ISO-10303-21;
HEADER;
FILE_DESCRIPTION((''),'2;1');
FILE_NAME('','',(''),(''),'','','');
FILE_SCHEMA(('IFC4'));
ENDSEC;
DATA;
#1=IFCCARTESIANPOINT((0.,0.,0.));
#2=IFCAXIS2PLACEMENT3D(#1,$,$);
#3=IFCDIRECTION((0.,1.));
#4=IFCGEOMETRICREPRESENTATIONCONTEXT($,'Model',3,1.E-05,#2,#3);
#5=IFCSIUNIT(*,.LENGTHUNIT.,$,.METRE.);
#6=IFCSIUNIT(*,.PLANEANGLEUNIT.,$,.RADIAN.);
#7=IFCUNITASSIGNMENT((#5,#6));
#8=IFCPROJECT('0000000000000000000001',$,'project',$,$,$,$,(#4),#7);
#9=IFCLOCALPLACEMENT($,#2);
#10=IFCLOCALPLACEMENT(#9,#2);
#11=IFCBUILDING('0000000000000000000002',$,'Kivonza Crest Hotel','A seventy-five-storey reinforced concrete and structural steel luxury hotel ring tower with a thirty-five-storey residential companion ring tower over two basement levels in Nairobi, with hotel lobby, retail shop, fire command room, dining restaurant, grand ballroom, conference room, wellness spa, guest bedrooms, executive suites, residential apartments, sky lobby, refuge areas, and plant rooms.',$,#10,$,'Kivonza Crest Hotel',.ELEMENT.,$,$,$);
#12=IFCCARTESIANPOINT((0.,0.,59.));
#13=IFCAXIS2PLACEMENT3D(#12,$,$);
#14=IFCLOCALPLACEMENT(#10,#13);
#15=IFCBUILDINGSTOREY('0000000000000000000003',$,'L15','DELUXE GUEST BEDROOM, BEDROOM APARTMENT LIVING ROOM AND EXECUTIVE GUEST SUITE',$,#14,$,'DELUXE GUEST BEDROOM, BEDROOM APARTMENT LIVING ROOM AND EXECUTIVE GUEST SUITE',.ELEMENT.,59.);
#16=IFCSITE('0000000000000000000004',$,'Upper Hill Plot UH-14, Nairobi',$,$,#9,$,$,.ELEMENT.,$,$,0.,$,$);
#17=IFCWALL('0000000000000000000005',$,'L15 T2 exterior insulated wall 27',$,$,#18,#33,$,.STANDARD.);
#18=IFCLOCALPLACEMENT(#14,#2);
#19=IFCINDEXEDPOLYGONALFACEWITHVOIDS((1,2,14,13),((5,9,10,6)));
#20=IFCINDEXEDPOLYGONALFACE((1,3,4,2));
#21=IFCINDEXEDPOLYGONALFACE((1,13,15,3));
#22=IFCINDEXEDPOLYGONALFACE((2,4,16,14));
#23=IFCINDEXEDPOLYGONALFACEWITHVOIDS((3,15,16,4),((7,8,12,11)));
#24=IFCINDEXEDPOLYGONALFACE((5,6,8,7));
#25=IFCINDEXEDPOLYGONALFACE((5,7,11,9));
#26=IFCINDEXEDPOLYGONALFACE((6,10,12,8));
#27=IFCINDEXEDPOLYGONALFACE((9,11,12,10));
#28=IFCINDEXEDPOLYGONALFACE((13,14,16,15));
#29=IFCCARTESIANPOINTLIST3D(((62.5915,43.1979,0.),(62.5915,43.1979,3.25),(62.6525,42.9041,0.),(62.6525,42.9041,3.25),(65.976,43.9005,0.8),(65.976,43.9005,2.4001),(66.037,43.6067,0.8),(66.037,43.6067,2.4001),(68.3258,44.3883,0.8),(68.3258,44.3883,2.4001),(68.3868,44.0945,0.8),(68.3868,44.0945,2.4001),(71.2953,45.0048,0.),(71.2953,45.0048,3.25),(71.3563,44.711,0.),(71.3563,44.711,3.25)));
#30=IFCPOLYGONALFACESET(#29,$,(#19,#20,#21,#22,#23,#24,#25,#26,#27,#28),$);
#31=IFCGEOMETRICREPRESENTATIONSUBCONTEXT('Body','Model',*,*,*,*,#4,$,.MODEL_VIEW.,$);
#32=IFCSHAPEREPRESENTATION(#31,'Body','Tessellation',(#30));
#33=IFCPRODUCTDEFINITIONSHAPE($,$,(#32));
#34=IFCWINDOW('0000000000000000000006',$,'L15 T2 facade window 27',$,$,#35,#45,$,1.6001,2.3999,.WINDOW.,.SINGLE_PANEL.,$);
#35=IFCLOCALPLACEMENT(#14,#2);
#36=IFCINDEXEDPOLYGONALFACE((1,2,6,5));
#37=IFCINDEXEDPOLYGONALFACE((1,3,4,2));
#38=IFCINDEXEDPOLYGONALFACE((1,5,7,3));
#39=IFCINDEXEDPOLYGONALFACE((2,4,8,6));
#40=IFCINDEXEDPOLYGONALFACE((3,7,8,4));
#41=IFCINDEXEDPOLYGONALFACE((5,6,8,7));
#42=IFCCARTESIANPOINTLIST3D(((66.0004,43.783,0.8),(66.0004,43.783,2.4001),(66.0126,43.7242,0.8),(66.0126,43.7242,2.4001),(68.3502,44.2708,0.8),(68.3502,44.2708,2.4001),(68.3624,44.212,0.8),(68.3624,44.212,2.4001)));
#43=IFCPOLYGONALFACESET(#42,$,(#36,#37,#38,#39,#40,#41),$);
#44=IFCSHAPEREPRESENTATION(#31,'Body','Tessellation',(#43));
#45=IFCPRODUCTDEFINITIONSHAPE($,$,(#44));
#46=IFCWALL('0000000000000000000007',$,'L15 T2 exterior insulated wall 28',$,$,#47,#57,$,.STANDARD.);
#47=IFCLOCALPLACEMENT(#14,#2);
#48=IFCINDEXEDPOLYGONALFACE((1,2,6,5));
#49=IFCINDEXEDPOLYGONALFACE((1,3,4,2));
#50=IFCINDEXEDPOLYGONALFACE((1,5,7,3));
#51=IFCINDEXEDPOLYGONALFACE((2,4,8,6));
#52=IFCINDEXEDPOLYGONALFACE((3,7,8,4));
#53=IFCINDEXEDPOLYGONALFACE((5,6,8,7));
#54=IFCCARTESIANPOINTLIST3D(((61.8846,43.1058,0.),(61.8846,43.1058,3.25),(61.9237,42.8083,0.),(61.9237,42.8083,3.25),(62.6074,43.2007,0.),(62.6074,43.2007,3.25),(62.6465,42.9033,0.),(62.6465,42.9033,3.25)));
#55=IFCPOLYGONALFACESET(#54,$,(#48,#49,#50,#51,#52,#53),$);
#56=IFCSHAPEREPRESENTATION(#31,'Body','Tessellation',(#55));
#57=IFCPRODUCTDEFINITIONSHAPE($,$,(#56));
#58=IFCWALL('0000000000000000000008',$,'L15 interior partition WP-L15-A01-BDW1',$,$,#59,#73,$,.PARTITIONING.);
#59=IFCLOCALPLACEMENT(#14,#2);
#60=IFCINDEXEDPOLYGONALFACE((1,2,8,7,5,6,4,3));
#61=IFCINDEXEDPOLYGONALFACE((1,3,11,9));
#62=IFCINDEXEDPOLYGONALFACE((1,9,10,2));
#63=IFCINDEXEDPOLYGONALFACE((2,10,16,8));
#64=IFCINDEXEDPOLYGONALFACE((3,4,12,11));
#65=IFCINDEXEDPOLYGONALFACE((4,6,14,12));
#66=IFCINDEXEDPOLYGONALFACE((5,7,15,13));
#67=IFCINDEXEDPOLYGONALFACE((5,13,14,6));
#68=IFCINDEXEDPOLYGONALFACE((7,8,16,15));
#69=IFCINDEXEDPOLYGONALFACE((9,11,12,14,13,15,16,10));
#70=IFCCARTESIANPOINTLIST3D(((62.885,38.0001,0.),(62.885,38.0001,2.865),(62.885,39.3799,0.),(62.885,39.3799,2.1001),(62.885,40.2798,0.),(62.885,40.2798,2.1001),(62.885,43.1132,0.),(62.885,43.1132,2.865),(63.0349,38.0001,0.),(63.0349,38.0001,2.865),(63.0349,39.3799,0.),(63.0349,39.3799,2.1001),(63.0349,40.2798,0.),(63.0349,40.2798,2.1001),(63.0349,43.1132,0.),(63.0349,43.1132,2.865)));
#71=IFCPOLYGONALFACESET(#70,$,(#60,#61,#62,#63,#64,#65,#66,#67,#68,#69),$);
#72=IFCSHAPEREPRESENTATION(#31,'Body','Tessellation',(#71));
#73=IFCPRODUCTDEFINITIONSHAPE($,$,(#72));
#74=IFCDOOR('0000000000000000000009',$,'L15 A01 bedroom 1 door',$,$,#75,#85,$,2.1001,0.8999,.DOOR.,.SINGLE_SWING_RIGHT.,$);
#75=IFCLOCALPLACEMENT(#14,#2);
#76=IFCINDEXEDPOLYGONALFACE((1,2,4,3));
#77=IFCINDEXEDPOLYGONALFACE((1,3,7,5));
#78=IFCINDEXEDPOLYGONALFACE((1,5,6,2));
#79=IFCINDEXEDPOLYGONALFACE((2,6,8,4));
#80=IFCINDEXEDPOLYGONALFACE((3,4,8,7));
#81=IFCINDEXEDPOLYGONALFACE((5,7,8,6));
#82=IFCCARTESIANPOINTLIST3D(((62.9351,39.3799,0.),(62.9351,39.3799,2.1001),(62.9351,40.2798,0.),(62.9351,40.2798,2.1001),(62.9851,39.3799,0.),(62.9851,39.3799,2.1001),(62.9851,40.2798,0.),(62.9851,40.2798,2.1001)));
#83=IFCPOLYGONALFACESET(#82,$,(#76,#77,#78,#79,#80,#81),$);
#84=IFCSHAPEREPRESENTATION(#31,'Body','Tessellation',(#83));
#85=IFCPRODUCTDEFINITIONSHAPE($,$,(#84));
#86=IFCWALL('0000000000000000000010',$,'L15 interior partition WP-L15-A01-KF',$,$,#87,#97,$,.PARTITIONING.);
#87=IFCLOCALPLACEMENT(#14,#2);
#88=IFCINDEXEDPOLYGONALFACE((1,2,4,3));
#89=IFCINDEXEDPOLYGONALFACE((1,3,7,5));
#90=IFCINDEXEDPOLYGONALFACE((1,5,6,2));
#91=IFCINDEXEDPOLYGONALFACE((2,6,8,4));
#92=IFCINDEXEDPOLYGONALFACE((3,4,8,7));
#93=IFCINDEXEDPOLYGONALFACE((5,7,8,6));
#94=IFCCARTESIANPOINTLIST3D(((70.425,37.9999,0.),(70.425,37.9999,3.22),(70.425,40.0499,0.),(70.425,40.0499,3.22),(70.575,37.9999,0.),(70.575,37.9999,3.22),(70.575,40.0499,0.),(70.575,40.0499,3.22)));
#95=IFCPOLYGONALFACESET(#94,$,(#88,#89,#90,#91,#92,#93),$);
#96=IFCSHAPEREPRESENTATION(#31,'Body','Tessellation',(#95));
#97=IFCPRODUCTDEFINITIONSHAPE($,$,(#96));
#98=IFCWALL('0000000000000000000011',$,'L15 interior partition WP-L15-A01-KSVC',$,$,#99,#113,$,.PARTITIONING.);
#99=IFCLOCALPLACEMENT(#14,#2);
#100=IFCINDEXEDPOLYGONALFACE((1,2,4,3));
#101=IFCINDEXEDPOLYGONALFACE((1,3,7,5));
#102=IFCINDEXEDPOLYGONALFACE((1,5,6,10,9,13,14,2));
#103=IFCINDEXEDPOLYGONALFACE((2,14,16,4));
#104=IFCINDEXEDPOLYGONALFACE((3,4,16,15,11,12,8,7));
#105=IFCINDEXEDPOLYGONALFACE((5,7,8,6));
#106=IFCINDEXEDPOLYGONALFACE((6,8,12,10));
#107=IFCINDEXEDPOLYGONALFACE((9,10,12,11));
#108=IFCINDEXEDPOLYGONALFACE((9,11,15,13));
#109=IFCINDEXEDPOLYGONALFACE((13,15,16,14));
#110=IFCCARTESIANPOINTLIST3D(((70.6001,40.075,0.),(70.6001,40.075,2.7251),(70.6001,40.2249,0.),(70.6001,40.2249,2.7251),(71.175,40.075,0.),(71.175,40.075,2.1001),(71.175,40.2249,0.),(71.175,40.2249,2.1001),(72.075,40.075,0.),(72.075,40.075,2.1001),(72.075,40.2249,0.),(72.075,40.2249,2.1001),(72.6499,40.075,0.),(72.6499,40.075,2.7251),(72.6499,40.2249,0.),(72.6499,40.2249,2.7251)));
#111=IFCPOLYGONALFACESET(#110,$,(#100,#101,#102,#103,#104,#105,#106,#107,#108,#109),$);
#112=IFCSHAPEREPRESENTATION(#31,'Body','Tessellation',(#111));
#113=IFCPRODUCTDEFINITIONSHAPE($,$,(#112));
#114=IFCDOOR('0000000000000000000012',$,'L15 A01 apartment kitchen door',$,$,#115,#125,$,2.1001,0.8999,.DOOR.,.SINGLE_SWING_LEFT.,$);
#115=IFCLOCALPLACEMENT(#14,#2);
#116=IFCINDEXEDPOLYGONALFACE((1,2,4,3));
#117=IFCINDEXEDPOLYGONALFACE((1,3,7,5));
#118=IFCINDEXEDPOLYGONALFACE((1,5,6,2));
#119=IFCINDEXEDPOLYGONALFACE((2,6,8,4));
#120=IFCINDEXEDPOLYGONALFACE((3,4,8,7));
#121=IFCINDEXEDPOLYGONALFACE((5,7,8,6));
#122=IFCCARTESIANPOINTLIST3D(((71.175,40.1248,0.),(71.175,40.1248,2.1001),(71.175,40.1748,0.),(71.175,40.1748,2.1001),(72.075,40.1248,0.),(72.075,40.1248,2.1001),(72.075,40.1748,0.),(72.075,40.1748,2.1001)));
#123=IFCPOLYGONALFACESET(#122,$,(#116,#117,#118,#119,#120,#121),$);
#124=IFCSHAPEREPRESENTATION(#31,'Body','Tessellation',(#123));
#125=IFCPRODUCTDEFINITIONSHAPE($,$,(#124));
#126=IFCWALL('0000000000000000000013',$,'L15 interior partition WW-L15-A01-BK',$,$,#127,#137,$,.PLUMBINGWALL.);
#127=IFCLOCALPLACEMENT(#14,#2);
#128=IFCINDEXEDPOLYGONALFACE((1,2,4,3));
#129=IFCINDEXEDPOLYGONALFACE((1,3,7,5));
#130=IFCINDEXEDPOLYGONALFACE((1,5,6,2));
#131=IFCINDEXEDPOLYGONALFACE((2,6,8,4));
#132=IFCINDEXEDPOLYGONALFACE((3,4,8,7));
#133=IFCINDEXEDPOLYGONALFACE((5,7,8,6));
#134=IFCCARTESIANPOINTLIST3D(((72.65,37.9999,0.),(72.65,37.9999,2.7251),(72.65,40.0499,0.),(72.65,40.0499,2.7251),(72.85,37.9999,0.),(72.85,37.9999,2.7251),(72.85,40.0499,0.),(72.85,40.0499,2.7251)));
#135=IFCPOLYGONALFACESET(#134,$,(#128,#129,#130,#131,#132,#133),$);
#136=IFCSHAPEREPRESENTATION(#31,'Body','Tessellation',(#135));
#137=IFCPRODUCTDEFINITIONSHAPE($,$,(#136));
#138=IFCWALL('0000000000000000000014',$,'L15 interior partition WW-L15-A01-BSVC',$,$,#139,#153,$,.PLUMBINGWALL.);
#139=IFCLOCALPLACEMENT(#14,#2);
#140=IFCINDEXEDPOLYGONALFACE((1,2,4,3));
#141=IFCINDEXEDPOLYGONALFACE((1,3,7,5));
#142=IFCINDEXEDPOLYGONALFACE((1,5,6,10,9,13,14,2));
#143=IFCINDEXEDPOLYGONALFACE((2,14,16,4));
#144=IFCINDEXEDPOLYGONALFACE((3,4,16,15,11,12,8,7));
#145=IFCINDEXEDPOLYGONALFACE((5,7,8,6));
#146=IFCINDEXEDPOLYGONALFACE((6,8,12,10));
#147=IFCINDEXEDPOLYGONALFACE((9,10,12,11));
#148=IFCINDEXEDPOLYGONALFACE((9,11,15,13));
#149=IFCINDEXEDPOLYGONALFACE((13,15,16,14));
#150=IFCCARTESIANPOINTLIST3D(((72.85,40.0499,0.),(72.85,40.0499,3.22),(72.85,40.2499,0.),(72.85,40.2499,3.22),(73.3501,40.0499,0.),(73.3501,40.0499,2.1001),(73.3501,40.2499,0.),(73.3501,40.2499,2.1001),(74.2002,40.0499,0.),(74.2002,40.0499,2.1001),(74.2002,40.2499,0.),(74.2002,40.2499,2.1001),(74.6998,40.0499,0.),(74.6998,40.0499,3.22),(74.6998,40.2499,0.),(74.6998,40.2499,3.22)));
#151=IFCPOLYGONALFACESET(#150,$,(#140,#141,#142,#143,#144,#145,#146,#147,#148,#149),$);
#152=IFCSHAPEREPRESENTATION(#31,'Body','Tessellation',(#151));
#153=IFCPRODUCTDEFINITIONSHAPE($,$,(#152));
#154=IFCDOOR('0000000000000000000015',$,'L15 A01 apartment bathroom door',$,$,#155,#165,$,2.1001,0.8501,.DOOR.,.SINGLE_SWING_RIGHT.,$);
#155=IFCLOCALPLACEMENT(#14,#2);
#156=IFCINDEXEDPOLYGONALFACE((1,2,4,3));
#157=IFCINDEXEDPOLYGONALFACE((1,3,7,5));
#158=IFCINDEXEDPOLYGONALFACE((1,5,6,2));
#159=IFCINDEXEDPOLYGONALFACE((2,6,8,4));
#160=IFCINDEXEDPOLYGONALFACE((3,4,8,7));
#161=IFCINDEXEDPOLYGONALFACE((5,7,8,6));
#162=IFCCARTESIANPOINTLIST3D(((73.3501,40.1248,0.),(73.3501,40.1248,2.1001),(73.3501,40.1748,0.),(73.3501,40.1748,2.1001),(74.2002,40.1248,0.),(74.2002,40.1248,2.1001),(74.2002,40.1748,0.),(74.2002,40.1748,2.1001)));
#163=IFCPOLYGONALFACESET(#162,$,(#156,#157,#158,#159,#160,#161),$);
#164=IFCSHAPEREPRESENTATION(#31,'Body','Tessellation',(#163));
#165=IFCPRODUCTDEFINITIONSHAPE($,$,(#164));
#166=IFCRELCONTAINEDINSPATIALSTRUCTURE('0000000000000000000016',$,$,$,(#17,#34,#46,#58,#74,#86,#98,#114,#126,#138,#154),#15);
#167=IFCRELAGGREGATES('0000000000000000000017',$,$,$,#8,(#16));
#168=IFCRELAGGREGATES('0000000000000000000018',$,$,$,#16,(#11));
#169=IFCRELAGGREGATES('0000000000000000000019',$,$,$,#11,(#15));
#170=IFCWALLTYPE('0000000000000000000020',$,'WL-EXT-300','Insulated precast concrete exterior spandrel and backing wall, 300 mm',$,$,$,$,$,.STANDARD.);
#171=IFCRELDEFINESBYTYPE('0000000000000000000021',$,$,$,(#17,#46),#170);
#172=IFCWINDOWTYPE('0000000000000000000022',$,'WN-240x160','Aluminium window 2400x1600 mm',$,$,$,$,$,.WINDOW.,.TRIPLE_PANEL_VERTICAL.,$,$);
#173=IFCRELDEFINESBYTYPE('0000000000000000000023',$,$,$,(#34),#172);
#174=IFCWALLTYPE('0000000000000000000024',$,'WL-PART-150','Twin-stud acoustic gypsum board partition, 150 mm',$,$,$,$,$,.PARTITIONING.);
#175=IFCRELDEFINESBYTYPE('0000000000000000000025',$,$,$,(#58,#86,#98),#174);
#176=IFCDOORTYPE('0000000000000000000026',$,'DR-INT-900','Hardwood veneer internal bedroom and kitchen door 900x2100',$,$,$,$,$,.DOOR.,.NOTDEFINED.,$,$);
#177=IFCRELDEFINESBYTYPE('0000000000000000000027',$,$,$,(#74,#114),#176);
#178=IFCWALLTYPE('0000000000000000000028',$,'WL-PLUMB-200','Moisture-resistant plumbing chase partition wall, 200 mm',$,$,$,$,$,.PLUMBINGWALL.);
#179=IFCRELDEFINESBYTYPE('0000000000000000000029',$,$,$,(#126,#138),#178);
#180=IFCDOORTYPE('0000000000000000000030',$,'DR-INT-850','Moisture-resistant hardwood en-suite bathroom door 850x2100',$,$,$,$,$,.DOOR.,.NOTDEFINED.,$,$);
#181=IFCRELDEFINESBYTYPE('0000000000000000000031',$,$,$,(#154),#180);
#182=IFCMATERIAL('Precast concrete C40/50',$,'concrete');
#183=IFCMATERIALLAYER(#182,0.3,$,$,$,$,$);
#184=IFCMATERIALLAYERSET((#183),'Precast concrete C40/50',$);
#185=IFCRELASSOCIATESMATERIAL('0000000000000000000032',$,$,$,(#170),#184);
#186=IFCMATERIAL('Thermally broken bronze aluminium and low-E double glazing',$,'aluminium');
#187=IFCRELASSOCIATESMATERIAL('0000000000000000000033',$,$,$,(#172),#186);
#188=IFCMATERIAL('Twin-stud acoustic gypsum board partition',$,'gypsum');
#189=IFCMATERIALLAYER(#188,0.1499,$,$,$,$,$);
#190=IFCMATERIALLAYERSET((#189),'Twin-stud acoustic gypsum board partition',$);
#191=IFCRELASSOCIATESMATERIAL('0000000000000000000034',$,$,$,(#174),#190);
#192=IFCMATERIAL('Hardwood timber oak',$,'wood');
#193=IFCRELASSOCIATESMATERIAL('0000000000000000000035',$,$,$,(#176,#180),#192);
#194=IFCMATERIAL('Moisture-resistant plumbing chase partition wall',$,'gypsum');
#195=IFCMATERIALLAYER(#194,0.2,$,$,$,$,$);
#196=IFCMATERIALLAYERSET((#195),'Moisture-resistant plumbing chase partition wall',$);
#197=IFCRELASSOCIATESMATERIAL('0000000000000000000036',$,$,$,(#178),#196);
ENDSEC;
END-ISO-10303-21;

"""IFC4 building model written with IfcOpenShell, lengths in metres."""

from ifc_helpers import new_model, si_unit, direction, frame, frame_2d, origin, place, context, subcontext, project, spatial, rectangle, extrude, material, layer, layer_set, type_object, element, fill, save


model = new_model("IFC4")

# Units and contexts
model_context = context("Model", 3, precision=1e-05, world=origin(), true_north=direction((0.0, 1.0)))
body_context = subcontext(model_context, "Body", "Model", "MODEL_VIEW")
ifc_project = project(units=[si_unit("LENGTHUNIT", "METRE"), si_unit("PLANEANGLEUNIT", "RADIAN")], contexts=[model_context])

# Site, building, storey
site_placement = place(None, origin())
site = spatial("IfcSite", under=ifc_project, at=site_placement, Name="Upper Hill Plot UH-14, Nairobi", CompositionType="ELEMENT", RefElevation=0.0)
building_placement = place(site_placement, origin())
building = spatial("IfcBuilding", under=site, at=building_placement, Name="Kivonza Crest Hotel", Description="A seventy-five-storey reinforced concrete and structural steel luxury hotel ring tower with a thirty-five-storey residential companion ring tower over two basement levels in Nairobi, with hotel lobby, retail shop, fire command room, dining restaurant, grand ballroom, conference room, wellness spa, guest bedrooms, executive suites, residential apartments, sky lobby, refuge areas, and plant rooms.", LongName="Kivonza Crest Hotel", CompositionType="ELEMENT")
storey_placement = place(building_placement, frame((0.0, 0.0, 59.0)))
storey = spatial("IfcBuildingStorey", under=building, at=storey_placement, Name="L15", Description="DELUXE GUEST BEDROOM, BEDROOM APARTMENT LIVING ROOM AND EXECUTIVE GUEST SUITE", LongName="DELUXE GUEST BEDROOM, BEDROOM APARTMENT LIVING ROOM AND EXECUTIVE GUEST SUITE", CompositionType="ELEMENT", Elevation=59.0)

# Shared definitions
ifc_material_1 = material(Name="Hardwood timber oak", Category="wood")

# Wall, opening, window
ifc_material_2 = material(Name="Precast concrete C40/50", Category="concrete")
ifc_layer_1 = layer(ifc_material_2, 0.3)
ifc_layer_set_1 = layer_set([ifc_layer_1], Name="Precast concrete C40/50")
wall_type_1 = type_object("IfcWallType", Name="WL-EXT-300", Description="Insulated precast concrete exterior spandrel and backing wall, 300 mm", PredefinedType="STANDARD", material=ifc_layer_set_1)
wall_1_placement = place(storey_placement, frame((71.3259, 44.8579, 0.0), z_axis=(0.0, 0.0, 1.0), x_axis=(-0.979124, -0.203262, 0.0)))
wall_1 = element("IfcWall", 1, at=wall_1_placement, inside=storey, type_object=wall_type_1, Name="L15 T2 exterior insulated wall 27", PredefinedType="STANDARD", context=body_context, shape_type="SweptSolid", body=[
    extrude(rectangle(XDim=8.8894, YDim=0.3, at=frame_2d((4.4448, 0.0))), origin(), (0.0, 0.0, 1.0), 3.25),
])
opening_1_placement = place(wall_1_placement, frame((3.033, 0.0, 0.8)))
opening_1 = element("IfcOpeningElement", 2, at=opening_1_placement, cuts=wall_1, PredefinedType="OPENING", context=body_context, shape_type="SweptSolid", body=[
    extrude(rectangle(XDim=2.3999, YDim=1.6001, at=frame_2d((1.2, 0.8))), frame((0.0, 0.1602, 0.0), z_axis=(0.0, -1.0, 0.0), x_axis=(1.0, 0.0, 0.0)), (0.0, 0.0, 1.0), 0.3201),
])
ifc_material_3 = material(Name="Thermally broken bronze aluminium and low-E double glazing", Category="aluminium")
window_type = type_object("IfcWindowType", Name="WN-240x160", Description="Aluminium window 2400x1600 mm", PartitioningType="TRIPLE_PANEL_VERTICAL", PredefinedType="WINDOW", material=ifc_material_3)
window_placement = place(opening_1_placement, origin())
window = element("IfcWindow", 3, at=window_placement, inside=storey, type_object=window_type, Name="L15 T2 facade window 27", OverallHeight=1.6001, OverallWidth=2.3999, PartitioningType="SINGLE_PANEL", PredefinedType="WINDOW", context=body_context, shape_type="SweptSolid", body=[
    extrude(rectangle(XDim=2.3999, YDim=1.6001, at=frame_2d((1.2, 0.8))), frame((0.0, 0.03, 0.0), z_axis=(0.0, -1.0, 0.0), x_axis=(1.0, 0.0, 0.0)), (0.0, 0.0, 1.0), 0.0601),
])
fill(opening_1, window)

# Wall
wall_2_placement = place(storey_placement, frame((62.627, 43.052, 0.0), z_axis=(0.0, 0.0, 1.0), x_axis=(-0.99148, -0.130255, 0.0)))
element("IfcWall", 4, at=wall_2_placement, inside=storey, type_object=wall_type_1, Name="L15 T2 exterior insulated wall 28", PredefinedType="STANDARD", context=body_context, shape_type="SweptSolid", body=[
    extrude(rectangle(XDim=0.729, YDim=0.3, at=frame_2d((0.3645, 0.0))), origin(), (0.0, 0.0, 1.0), 3.25),
])

# Wall, opening, door
ifc_material_4 = material(Name="Twin-stud acoustic gypsum board partition", Category="gypsum")
ifc_layer_2 = layer(ifc_material_4, 0.1499)
ifc_layer_set_2 = layer_set([ifc_layer_2], Name="Twin-stud acoustic gypsum board partition")
wall_type_2 = type_object("IfcWallType", Name="WL-PART-150", Description="Twin-stud acoustic gypsum board partition, 150 mm", PredefinedType="PARTITIONING", material=ifc_layer_set_2)
wall_3_placement = place(storey_placement, frame((62.96, 38.0, 0.0), z_axis=(0.0, 0.0, 1.0), x_axis=(0.0, 1.0, 0.0)))
wall_3 = element("IfcWall", 5, at=wall_3_placement, inside=storey, type_object=wall_type_2, Name="L15 interior partition WP-L15-A01-BDW1", PredefinedType="PARTITIONING", context=body_context, shape_type="SweptSolid", body=[
    extrude(rectangle(XDim=5.113, YDim=0.1499, at=frame_2d((2.5566, 0.0))), origin(), (0.0, 0.0, 1.0), 2.865),
])
opening_2_placement = place(wall_3_placement, frame((1.3799, 0.0, 0.0)))
opening_2 = element("IfcOpeningElement", 6, at=opening_2_placement, cuts=wall_3, PredefinedType="OPENING", context=body_context, shape_type="SweptSolid", body=[
    extrude(rectangle(XDim=0.8999, YDim=2.1001, at=frame_2d((0.45, 1.05))), frame((0.0, 0.085, 0.0), z_axis=(0.0, -1.0, 0.0), x_axis=(1.0, 0.0, 0.0)), (0.0, 0.0, 1.0), 0.1699),
])
door_type_1 = type_object("IfcDoorType", Name="DR-INT-900", Description="Hardwood veneer internal bedroom and kitchen door 900x2100", OperationType="NOTDEFINED", PredefinedType="DOOR", material=ifc_material_1)
door_1_placement = place(opening_2_placement, origin())
door_1 = element("IfcDoor", 7, at=door_1_placement, inside=storey, type_object=door_type_1, Name="L15 A01 bedroom 1 door", OperationType="SINGLE_SWING_RIGHT", OverallHeight=2.1001, OverallWidth=0.8999, PredefinedType="DOOR", context=body_context, shape_type="SweptSolid", body=[
    extrude(rectangle(XDim=0.8999, YDim=2.1001, at=frame_2d((0.45, 1.05))), frame((0.0, 0.0249, 0.0), z_axis=(0.0, -1.0, 0.0), x_axis=(1.0, 0.0, 0.0)), (0.0, 0.0, 1.0), 0.05),
])
fill(opening_2, door_1)

# Wall
wall_4_placement = place(storey_placement, frame((70.5, 38.0, 0.0), z_axis=(0.0, 0.0, 1.0), x_axis=(0.0, 1.0, 0.0)))
element("IfcWall", 8, at=wall_4_placement, inside=storey, type_object=wall_type_2, Name="L15 interior partition WP-L15-A01-KF", PredefinedType="PARTITIONING", context=body_context, shape_type="SweptSolid", body=[
    extrude(rectangle(XDim=2.05, YDim=0.1499, at=frame_2d((1.0249, 0.0))), origin(), (0.0, 0.0, 1.0), 3.22),
])

# Wall, opening, door
wall_5_placement = place(storey_placement, frame((70.6001, 40.1499, 0.0), z_axis=(0.0, 0.0, 1.0), x_axis=(1.0, 0.0, 0.0)))
wall_5 = element("IfcWall", 9, at=wall_5_placement, inside=storey, type_object=wall_type_2, Name="L15 interior partition WP-L15-A01-KSVC", PredefinedType="PARTITIONING", context=body_context, shape_type="SweptSolid", body=[
    extrude(rectangle(XDim=2.0498, YDim=0.1499, at=frame_2d((1.0249, 0.0))), origin(), (0.0, 0.0, 1.0), 2.7251),
])
opening_3_placement = place(wall_5_placement, frame((0.575, 0.0, 0.0)))
opening_3 = element("IfcOpeningElement", 10, at=opening_3_placement, cuts=wall_5, PredefinedType="OPENING", context=body_context, shape_type="SweptSolid", body=[
    extrude(rectangle(XDim=0.8999, YDim=2.1001, at=frame_2d((0.45, 1.05))), frame((0.0, 0.085, 0.0), z_axis=(0.0, -1.0, 0.0), x_axis=(1.0, 0.0, 0.0)), (0.0, 0.0, 1.0), 0.1699),
])
door_2_placement = place(opening_3_placement, origin())
door_2 = element("IfcDoor", 11, at=door_2_placement, inside=storey, type_object=door_type_1, Name="L15 A01 apartment kitchen door", OperationType="SINGLE_SWING_LEFT", OverallHeight=2.1001, OverallWidth=0.8999, PredefinedType="DOOR", context=body_context, shape_type="SweptSolid", body=[
    extrude(rectangle(XDim=0.8999, YDim=2.1001, at=frame_2d((0.45, 1.05))), frame((0.0, 0.0249, 0.0), z_axis=(0.0, -1.0, 0.0), x_axis=(1.0, 0.0, 0.0)), (0.0, 0.0, 1.0), 0.05),
])
fill(opening_3, door_2)

# Wall
ifc_material_5 = material(Name="Moisture-resistant plumbing chase partition wall", Category="gypsum")
ifc_layer_3 = layer(ifc_material_5, 0.2)
ifc_layer_set_3 = layer_set([ifc_layer_3], Name="Moisture-resistant plumbing chase partition wall")
wall_type_3 = type_object("IfcWallType", Name="WL-PLUMB-200", Description="Moisture-resistant plumbing chase partition wall, 200 mm", PredefinedType="PLUMBINGWALL", material=ifc_layer_set_3)
wall_6_placement = place(storey_placement, frame((72.75, 38.0, 0.0), z_axis=(0.0, 0.0, 1.0), x_axis=(0.0, 1.0, 0.0)))
element("IfcWall", 12, at=wall_6_placement, inside=storey, type_object=wall_type_3, Name="L15 interior partition WW-L15-A01-BK", PredefinedType="PLUMBINGWALL", context=body_context, shape_type="SweptSolid", body=[
    extrude(rectangle(XDim=2.05, YDim=0.2, at=frame_2d((1.0249, 0.0))), origin(), (0.0, 0.0, 1.0), 2.7251),
])

# Wall, opening, door
wall_7_placement = place(storey_placement, frame((72.8501, 40.1499, 0.0), z_axis=(0.0, 0.0, 1.0), x_axis=(1.0, 0.0, 0.0)))
wall_7 = element("IfcWall", 13, at=wall_7_placement, inside=storey, type_object=wall_type_3, Name="L15 interior partition WW-L15-A01-BSVC", PredefinedType="PLUMBINGWALL", context=body_context, shape_type="SweptSolid", body=[
    extrude(rectangle(XDim=1.8499, YDim=0.2, at=frame_2d((0.9248, 0.0))), origin(), (0.0, 0.0, 1.0), 3.22),
])
opening_4_placement = place(wall_7_placement, frame((0.5, 0.0, 0.0)))
opening_4 = element("IfcOpeningElement", 14, at=opening_4_placement, cuts=wall_7, PredefinedType="OPENING", context=body_context, shape_type="SweptSolid", body=[
    extrude(rectangle(XDim=0.8501, YDim=2.1001, at=frame_2d((0.425, 1.05))), frame((0.0, 0.1099, 0.0), z_axis=(0.0, -1.0, 0.0), x_axis=(1.0, 0.0, 0.0)), (0.0, 0.0, 1.0), 0.22),
])
door_type_2 = type_object("IfcDoorType", Name="DR-INT-850", Description="Moisture-resistant hardwood en-suite bathroom door 850x2100", OperationType="NOTDEFINED", PredefinedType="DOOR", material=ifc_material_1)
door_3_placement = place(opening_4_placement, origin())
door_3 = element("IfcDoor", 15, at=door_3_placement, inside=storey, type_object=door_type_2, Name="L15 A01 apartment bathroom door", OperationType="SINGLE_SWING_RIGHT", OverallHeight=2.1001, OverallWidth=0.8501, PredefinedType="DOOR", context=body_context, shape_type="SweptSolid", body=[
    extrude(rectangle(XDim=0.8501, YDim=2.1001, at=frame_2d((0.425, 1.05))), frame((0.0, 0.0249, 0.0), z_axis=(0.0, -1.0, 0.0), x_axis=(1.0, 0.0, 0.0)), (0.0, 0.0, 1.0), 0.05),
])
fill(opening_4, door_3)

save(model, "model.ifc")
